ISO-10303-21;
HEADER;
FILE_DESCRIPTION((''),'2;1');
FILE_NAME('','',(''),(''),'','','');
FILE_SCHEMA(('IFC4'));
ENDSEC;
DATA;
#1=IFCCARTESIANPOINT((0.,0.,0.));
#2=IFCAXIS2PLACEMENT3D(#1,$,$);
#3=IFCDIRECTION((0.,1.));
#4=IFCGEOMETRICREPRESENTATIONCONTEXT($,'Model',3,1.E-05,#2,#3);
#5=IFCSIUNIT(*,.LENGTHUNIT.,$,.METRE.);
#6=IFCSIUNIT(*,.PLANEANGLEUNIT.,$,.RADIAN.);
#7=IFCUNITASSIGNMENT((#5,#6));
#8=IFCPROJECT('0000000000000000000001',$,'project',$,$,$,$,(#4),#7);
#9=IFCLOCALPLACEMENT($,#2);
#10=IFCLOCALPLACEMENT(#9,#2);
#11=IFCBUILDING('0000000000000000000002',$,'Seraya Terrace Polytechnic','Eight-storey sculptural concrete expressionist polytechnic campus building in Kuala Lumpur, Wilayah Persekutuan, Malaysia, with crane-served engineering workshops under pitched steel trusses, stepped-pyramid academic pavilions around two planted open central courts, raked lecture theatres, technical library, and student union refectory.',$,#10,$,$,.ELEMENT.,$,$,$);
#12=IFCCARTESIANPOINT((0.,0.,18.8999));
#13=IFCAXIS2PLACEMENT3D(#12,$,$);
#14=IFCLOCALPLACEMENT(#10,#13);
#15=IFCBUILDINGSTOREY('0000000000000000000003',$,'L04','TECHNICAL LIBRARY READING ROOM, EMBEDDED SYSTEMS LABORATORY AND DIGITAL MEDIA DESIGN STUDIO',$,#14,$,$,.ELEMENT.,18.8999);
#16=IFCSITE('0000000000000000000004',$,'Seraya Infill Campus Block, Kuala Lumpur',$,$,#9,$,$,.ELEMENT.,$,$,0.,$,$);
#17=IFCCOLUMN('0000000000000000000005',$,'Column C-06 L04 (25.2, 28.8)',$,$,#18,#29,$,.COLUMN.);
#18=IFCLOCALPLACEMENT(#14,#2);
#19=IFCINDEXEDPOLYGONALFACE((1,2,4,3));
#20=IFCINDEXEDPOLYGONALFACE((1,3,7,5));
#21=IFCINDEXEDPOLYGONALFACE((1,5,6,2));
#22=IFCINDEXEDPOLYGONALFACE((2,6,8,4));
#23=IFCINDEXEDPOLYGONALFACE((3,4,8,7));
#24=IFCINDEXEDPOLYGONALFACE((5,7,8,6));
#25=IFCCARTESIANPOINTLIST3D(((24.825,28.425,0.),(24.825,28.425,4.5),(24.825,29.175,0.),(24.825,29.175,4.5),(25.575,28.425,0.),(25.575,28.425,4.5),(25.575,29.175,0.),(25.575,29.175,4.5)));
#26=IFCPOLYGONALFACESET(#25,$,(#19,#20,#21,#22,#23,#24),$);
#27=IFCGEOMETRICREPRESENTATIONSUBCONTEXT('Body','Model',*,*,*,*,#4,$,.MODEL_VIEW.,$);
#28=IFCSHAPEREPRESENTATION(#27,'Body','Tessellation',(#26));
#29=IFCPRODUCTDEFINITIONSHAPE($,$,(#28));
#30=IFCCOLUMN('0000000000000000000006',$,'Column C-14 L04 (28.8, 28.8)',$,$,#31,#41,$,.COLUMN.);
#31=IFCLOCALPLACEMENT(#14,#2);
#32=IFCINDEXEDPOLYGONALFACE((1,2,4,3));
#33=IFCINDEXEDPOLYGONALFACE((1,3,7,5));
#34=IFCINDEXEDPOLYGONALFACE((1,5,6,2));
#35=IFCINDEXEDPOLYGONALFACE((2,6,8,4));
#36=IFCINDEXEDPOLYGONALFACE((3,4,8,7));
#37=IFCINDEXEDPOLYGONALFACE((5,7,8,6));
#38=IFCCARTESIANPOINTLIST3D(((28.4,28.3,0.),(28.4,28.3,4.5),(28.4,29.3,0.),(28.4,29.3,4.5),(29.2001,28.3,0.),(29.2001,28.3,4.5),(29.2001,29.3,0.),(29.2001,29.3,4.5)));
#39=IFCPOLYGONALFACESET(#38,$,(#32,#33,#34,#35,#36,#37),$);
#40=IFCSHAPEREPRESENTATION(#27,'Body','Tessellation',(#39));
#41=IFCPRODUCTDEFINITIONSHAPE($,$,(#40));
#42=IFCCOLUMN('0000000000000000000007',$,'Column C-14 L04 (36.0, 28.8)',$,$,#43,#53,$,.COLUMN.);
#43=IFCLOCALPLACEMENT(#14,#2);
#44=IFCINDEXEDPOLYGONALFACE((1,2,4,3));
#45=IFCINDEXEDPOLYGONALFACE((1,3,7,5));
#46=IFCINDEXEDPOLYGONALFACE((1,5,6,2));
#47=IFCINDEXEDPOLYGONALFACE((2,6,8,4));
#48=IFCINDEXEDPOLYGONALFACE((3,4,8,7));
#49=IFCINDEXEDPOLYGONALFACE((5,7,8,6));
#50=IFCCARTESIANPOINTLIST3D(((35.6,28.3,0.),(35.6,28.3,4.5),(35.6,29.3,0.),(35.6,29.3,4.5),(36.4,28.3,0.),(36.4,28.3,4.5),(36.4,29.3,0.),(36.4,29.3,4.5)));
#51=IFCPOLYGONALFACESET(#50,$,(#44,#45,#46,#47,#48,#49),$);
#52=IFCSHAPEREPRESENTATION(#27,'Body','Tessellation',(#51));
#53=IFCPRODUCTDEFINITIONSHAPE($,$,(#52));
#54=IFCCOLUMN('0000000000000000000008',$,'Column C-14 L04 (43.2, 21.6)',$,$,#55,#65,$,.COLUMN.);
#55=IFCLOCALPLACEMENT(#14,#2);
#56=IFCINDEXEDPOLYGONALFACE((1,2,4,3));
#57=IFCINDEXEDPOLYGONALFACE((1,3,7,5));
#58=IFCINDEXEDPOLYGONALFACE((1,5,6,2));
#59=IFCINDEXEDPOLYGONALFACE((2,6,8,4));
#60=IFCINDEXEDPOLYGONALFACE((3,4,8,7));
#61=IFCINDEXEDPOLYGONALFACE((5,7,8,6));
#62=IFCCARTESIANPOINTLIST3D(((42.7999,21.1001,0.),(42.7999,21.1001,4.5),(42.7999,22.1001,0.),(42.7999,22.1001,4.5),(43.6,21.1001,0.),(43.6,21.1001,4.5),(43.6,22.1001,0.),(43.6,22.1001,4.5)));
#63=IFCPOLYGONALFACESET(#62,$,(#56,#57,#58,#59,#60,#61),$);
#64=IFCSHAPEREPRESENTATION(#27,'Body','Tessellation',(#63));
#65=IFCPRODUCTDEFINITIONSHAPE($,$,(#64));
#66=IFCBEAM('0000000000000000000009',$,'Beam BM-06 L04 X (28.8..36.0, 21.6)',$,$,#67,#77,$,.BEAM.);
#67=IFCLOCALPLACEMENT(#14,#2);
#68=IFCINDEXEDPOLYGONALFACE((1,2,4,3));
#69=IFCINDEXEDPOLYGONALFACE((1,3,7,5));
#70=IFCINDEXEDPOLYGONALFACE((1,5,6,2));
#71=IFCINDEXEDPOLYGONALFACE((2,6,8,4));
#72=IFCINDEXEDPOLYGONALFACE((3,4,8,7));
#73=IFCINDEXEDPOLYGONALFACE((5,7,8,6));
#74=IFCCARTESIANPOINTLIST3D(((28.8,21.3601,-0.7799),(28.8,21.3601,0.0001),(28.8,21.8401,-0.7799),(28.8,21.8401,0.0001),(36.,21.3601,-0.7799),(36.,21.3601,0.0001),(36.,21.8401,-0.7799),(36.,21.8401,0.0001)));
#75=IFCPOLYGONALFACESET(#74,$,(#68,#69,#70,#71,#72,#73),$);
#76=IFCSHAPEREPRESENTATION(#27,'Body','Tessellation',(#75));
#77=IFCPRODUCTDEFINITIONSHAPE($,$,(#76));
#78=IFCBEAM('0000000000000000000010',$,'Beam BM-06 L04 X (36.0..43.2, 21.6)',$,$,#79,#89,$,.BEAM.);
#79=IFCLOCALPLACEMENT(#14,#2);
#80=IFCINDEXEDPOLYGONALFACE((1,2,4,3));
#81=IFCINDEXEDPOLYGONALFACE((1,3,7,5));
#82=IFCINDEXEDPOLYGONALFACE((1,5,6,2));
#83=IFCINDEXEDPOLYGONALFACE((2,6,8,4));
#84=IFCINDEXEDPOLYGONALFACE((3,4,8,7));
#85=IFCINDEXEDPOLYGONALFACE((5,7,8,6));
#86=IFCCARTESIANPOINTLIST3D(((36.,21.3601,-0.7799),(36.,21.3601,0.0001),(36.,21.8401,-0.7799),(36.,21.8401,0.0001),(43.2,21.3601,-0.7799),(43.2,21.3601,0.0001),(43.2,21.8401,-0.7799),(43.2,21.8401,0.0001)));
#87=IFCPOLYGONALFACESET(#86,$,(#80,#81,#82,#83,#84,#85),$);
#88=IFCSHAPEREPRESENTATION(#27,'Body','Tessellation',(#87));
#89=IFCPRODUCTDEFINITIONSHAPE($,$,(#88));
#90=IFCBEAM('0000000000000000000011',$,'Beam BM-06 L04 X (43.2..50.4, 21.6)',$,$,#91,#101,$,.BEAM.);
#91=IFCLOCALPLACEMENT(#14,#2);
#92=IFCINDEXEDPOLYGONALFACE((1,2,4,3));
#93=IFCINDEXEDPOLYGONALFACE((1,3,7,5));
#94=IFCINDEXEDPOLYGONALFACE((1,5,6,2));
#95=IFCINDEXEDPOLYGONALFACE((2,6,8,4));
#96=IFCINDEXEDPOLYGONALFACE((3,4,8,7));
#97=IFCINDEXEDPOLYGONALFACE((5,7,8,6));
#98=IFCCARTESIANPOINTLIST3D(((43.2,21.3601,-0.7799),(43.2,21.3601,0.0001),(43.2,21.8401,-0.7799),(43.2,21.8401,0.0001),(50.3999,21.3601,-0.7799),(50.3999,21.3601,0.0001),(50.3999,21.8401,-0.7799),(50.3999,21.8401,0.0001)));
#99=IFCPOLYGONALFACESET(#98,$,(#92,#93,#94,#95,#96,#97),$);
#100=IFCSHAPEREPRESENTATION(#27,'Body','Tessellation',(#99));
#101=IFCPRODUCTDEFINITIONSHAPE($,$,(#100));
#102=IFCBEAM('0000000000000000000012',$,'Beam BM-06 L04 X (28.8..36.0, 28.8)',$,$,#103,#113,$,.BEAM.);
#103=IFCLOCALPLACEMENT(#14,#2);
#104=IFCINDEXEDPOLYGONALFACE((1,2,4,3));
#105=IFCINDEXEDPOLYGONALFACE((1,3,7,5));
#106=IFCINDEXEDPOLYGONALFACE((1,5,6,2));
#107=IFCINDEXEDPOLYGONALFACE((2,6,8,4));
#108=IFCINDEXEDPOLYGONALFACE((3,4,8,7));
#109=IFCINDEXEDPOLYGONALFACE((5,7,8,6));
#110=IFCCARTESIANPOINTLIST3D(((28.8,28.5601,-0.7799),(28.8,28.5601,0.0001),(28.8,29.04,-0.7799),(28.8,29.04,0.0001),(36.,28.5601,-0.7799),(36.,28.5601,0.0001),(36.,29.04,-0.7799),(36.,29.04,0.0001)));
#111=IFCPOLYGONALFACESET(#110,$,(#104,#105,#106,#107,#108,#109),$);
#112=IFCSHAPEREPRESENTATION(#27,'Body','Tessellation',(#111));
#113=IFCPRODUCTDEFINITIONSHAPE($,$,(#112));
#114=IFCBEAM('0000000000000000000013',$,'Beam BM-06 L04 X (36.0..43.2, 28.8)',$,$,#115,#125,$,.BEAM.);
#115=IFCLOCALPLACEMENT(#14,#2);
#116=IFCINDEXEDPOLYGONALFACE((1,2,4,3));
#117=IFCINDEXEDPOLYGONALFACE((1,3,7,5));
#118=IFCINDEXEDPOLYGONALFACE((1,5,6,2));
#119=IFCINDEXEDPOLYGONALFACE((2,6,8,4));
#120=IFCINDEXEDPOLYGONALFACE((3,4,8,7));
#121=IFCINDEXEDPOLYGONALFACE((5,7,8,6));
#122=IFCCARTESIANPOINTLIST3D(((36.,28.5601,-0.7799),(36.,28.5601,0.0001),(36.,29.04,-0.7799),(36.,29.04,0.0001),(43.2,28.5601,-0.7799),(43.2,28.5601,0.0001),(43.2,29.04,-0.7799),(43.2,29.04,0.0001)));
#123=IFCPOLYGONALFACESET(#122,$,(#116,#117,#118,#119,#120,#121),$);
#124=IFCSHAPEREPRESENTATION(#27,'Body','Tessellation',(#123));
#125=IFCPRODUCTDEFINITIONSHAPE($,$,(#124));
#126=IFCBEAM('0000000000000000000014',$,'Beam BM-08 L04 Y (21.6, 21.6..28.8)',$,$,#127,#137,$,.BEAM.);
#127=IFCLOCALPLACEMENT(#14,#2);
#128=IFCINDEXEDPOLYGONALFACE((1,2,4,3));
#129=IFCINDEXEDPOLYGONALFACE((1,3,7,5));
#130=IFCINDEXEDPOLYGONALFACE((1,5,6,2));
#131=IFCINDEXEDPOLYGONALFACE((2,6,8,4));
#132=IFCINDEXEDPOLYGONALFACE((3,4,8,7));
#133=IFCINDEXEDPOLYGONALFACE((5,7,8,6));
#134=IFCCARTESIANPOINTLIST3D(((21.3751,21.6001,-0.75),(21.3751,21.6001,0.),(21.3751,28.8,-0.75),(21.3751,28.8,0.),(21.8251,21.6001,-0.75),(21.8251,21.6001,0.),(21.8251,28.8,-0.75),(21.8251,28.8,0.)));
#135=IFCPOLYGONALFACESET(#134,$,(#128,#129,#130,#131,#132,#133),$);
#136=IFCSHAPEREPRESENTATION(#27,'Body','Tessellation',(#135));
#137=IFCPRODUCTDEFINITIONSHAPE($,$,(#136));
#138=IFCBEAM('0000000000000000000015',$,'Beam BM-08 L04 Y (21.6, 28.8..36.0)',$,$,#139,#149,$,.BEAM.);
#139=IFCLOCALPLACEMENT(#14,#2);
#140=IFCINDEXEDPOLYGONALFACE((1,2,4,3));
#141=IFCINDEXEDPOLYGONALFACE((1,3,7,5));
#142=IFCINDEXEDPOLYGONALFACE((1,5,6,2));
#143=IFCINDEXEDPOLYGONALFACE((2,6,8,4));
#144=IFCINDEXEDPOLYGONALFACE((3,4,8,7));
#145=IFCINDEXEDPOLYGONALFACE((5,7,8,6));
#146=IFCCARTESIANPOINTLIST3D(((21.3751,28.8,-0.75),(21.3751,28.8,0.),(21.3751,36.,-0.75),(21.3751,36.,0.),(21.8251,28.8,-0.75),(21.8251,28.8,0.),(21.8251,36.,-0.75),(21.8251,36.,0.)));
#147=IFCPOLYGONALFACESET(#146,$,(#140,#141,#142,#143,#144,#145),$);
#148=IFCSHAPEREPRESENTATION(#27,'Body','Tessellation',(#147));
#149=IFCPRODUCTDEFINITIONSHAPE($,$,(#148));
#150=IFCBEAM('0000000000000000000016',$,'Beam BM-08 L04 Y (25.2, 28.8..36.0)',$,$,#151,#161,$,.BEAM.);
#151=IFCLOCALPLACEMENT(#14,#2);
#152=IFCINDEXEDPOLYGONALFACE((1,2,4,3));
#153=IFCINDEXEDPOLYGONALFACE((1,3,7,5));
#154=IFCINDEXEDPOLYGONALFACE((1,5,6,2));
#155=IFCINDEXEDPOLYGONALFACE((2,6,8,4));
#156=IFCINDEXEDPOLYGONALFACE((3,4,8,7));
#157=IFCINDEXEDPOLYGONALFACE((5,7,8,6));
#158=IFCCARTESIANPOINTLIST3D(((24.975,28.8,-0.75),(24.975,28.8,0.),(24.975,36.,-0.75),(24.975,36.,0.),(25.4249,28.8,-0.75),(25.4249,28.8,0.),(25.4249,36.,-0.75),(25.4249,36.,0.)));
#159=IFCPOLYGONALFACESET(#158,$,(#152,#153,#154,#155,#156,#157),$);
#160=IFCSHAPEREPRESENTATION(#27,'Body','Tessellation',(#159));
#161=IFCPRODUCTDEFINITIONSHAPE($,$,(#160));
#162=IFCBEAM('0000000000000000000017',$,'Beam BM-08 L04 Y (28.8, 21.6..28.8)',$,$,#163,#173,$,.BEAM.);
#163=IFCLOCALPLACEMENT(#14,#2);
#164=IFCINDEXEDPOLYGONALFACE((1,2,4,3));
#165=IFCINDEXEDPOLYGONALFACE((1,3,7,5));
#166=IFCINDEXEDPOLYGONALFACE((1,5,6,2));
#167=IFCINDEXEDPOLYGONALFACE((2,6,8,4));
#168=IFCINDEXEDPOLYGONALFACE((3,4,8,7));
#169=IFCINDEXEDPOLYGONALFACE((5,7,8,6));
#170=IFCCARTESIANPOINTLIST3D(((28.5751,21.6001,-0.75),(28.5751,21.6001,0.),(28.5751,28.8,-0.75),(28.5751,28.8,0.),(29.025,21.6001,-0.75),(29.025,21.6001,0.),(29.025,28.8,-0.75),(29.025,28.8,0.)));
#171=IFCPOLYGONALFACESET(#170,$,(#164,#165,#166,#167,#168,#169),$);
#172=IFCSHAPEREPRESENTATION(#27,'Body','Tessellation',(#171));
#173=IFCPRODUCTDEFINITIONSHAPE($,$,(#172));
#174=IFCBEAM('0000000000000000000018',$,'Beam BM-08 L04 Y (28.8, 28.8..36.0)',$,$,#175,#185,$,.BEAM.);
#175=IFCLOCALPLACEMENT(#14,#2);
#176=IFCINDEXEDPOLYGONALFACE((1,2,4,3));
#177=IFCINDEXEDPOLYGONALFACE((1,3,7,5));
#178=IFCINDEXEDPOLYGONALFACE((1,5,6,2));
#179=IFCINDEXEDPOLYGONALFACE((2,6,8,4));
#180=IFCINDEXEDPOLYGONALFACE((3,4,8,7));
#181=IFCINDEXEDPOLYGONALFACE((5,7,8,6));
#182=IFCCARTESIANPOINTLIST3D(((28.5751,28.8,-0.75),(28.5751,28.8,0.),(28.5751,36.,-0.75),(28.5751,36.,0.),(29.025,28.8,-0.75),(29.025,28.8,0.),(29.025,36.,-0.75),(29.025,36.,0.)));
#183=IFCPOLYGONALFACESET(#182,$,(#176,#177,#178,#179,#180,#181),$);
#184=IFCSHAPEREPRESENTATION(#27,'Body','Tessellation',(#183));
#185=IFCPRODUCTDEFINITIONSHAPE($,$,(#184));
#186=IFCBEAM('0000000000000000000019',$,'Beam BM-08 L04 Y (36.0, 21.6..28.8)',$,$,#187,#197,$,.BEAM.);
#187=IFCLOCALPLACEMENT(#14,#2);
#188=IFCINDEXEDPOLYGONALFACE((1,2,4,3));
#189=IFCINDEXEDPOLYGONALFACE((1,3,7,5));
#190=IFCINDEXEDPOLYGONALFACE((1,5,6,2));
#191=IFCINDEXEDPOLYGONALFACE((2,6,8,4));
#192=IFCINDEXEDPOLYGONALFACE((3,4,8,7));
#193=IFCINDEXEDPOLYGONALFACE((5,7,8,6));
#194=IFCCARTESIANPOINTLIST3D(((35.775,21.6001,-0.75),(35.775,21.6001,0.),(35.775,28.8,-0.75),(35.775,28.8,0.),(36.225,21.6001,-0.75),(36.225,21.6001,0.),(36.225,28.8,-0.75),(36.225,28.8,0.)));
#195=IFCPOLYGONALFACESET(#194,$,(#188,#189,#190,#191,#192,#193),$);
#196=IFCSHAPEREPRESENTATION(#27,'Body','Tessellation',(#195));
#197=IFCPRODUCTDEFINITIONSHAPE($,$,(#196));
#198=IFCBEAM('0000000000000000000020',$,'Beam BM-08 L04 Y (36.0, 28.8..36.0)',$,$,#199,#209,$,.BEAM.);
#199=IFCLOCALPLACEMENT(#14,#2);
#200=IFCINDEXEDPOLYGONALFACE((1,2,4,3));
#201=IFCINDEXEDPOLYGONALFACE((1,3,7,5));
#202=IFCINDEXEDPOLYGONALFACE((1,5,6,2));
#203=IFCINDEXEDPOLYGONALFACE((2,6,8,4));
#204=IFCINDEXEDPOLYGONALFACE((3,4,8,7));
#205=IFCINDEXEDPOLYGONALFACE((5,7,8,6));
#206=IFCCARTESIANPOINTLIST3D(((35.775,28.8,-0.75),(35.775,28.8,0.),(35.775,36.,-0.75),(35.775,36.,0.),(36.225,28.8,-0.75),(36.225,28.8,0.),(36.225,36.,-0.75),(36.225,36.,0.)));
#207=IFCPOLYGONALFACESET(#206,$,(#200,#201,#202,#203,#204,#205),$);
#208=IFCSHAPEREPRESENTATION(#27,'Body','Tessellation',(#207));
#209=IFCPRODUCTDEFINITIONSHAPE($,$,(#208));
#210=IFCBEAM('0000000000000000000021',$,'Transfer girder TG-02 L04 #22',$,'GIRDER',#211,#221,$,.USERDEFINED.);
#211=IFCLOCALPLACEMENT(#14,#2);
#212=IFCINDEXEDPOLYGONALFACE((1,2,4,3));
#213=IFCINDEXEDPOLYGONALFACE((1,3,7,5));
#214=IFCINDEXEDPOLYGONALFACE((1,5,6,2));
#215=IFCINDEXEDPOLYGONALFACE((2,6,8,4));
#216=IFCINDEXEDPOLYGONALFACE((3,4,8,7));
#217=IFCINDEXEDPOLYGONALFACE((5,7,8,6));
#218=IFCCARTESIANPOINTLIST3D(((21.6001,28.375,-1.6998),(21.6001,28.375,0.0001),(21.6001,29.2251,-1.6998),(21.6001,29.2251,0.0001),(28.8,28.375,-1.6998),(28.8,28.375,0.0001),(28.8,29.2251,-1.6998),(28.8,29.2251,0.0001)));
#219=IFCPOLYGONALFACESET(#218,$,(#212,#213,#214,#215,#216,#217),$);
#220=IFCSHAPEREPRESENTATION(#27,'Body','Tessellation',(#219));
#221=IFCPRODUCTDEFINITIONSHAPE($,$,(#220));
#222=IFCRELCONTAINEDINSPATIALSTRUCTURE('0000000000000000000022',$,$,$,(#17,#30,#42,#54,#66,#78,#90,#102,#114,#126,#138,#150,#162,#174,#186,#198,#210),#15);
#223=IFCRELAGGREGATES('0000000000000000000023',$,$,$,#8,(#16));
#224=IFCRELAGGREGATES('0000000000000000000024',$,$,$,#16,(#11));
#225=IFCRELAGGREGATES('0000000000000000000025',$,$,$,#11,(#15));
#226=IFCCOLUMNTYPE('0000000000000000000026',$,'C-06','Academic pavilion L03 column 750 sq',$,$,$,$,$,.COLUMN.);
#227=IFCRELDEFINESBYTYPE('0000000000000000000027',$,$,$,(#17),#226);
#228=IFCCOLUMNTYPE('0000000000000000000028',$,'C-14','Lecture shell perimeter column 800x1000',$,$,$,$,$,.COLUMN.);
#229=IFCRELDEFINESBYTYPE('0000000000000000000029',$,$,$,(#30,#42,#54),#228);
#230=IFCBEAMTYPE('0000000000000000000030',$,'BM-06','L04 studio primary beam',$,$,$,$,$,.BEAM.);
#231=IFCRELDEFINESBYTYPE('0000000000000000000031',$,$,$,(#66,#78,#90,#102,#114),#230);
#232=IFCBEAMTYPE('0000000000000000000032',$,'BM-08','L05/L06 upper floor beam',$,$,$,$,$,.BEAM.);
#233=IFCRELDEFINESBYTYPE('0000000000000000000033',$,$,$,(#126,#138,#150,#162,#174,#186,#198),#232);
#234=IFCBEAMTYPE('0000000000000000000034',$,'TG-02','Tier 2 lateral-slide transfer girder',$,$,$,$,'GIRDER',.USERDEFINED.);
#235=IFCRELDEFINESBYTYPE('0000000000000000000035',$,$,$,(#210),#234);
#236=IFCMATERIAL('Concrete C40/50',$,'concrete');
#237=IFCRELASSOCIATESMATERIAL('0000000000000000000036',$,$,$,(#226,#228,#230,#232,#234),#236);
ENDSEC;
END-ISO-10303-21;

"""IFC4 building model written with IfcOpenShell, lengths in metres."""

from ifc_helpers import new_model, si_unit, direction, frame, origin, origin_2d, place, context, subcontext, project, spatial, rectangle, extrude, material, material_profile, profile_set, type_object, element, save


model = new_model("IFC4")

# Units and contexts
model_context = context("Model", 3, precision=1e-05, world=origin(), true_north=direction((0.0, 1.0)))
body_context = subcontext(model_context, "Body", "Model", "MODEL_VIEW")
ifc_project = project(units=[si_unit("LENGTHUNIT", "METRE"), si_unit("PLANEANGLEUNIT", "RADIAN")], contexts=[model_context])

# Site, building, storey
site_placement = place(None, origin())
site = spatial("IfcSite", under=ifc_project, at=site_placement, Name="Seraya Infill Campus Block, Kuala Lumpur", CompositionType="ELEMENT", RefElevation=0.0)
building_placement = place(site_placement, origin())
building = spatial("IfcBuilding", under=site, at=building_placement, Name="Seraya Terrace Polytechnic", Description="Eight-storey sculptural concrete expressionist polytechnic campus building in Kuala Lumpur, Wilayah Persekutuan, Malaysia, with crane-served engineering workshops under pitched steel trusses, stepped-pyramid academic pavilions around two planted open central courts, raked lecture theatres, technical library, and student union refectory.", CompositionType="ELEMENT")
storey_placement = place(building_placement, frame((0.0, 0.0, 18.8999)))
storey = spatial("IfcBuildingStorey", under=building, at=storey_placement, Name="L04", Description="TECHNICAL LIBRARY READING ROOM, EMBEDDED SYSTEMS LABORATORY AND DIGITAL MEDIA DESIGN STUDIO", CompositionType="ELEMENT", Elevation=18.8999)

# Columns
ifc_material_1 = material(Name="Concrete C40/50", Category="concrete")
ifc_material_profile_1 = material_profile(ifc_material_1, rectangle(XDim=0.75, YDim=0.75, at=origin_2d()), Name="RC 750x750")
ifc_profile_set_1 = profile_set([ifc_material_profile_1], Name="Concrete C40/50")
column_type_1 = type_object("IfcColumnType", Name="C-06", Description="Academic pavilion L03 column 750 sq", PredefinedType="COLUMN", material=ifc_profile_set_1)
column_placement = place(storey_placement, frame((25.2, 28.8, 0.0), z_axis=(0.0, 0.0, 1.0), x_axis=(1.0, 0.0, 0.0)))
element("IfcColumn", 1, at=column_placement, inside=storey, type_object=column_type_1, Name="Column C-06 L04 (25.2, 28.8)", PredefinedType="COLUMN", context=body_context, shape_type="SweptSolid", body=[
    extrude(rectangle(XDim=0.75, YDim=0.75, at=origin_2d()), origin(), (0.0, 0.0, 1.0), 4.5),
])
ifc_material_profile_2 = material_profile(ifc_material_1, rectangle(XDim=0.8, YDim=1.0, at=origin_2d()), Name="RC 800x1000")
ifc_profile_set_2 = profile_set([ifc_material_profile_2], Name="Concrete C40/50")
column_type_2 = type_object("IfcColumnType", Name="C-14", Description="Lecture shell perimeter column 800x1000", PredefinedType="COLUMN", material=ifc_profile_set_2)
for number, where, z_axis, x_axis, name in (
    (2, (28.8, 28.8, 0.0), (0.0, 0.0, 1.0), (1.0, 0.0, 0.0), "Column C-14 L04 (28.8, 28.8)"),
    (3, (36.0, 28.8, 0.0), (0.0, 0.0, 1.0), (1.0, 0.0, 0.0), "Column C-14 L04 (36.0, 28.8)"),
    (4, (43.2, 21.6001, 0.0), (0.0, 0.0, 1.0), (1.0, 0.0, 0.0), "Column C-14 L04 (43.2, 21.6)"),
):
    element("IfcColumn", number, at=place(storey_placement, frame(where, z_axis=z_axis, x_axis=x_axis)), inside=storey, type_object=column_type_2, Name=name, PredefinedType="COLUMN", context=body_context, shape_type="SweptSolid", body=[
        extrude(rectangle(XDim=0.8, YDim=1.0, at=origin_2d()), origin(), (0.0, 0.0, 1.0), 4.5),
    ])

# Beams
ifc_material_profile_3 = material_profile(ifc_material_1, rectangle(XDim=0.48, YDim=0.78, at=origin_2d()), Name="RC 480x780")
ifc_profile_set_3 = profile_set([ifc_material_profile_3], Name="Concrete C40/50")
beam_type_1 = type_object("IfcBeamType", Name="BM-06", Description="L04 studio primary beam", PredefinedType="BEAM", material=ifc_profile_set_3)
for number, where, z_axis, x_axis, name in (
    (5, (28.8, 21.6001, -0.3899), (1.0, 0.0, 0.0), (0.0, 1.0, 0.0), "Beam BM-06 L04 X (28.8..36.0, 21.6)"),
    (6, (36.0, 21.6001, -0.3899), (1.0, 0.0, 0.0), (0.0, 1.0, 0.0), "Beam BM-06 L04 X (36.0..43.2, 21.6)"),
    (7, (43.2, 21.6001, -0.3899), (1.0, 0.0, 0.0), (0.0, 1.0, 0.0), "Beam BM-06 L04 X (43.2..50.4, 21.6)"),
    (8, (28.8, 28.8, -0.3899), (1.0, 0.0, 0.0), (0.0, 1.0, 0.0), "Beam BM-06 L04 X (28.8..36.0, 28.8)"),
    (9, (36.0, 28.8, -0.3899), (1.0, 0.0, 0.0), (0.0, 1.0, 0.0), "Beam BM-06 L04 X (36.0..43.2, 28.8)"),
):
    element("IfcBeam", number, at=place(storey_placement, frame(where, z_axis=z_axis, x_axis=x_axis)), inside=storey, type_object=beam_type_1, Name=name, PredefinedType="BEAM", context=body_context, shape_type="SweptSolid", body=[
        extrude(rectangle(XDim=0.48, YDim=0.78, at=origin_2d()), origin(), (0.0, 0.0, 1.0), 7.2),
    ])
ifc_material_profile_4 = material_profile(ifc_material_1, rectangle(XDim=0.45, YDim=0.75, at=origin_2d()), Name="RC 450x750")
ifc_profile_set_4 = profile_set([ifc_material_profile_4], Name="Concrete C40/50")
beam_type_2 = type_object("IfcBeamType", Name="BM-08", Description="L05/L06 upper floor beam", PredefinedType="BEAM", material=ifc_profile_set_4)
for number, where, z_axis, x_axis, name in (
    (10, (21.6001, 21.6001, -0.375), (0.0, 1.0, 0.0), (-1.0, 0.0, 0.0), "Beam BM-08 L04 Y (21.6, 21.6..28.8)"),
    (11, (21.6001, 28.8, -0.375), (0.0, 1.0, 0.0), (-1.0, 0.0, 0.0), "Beam BM-08 L04 Y (21.6, 28.8..36.0)"),
    (12, (25.2, 28.8, -0.375), (0.0, 1.0, 0.0), (-1.0, 0.0, 0.0), "Beam BM-08 L04 Y (25.2, 28.8..36.0)"),
    (13, (28.8, 21.6001, -0.375), (0.0, 1.0, 0.0), (-1.0, 0.0, 0.0), "Beam BM-08 L04 Y (28.8, 21.6..28.8)"),
    (14, (28.8, 28.8, -0.375), (0.0, 1.0, 0.0), (-1.0, 0.0, 0.0), "Beam BM-08 L04 Y (28.8, 28.8..36.0)"),
    (15, (36.0, 21.6001, -0.375), (0.0, 1.0, 0.0), (-1.0, 0.0, 0.0), "Beam BM-08 L04 Y (36.0, 21.6..28.8)"),
    (16, (36.0, 28.8, -0.375), (0.0, 1.0, 0.0), (-1.0, 0.0, 0.0), "Beam BM-08 L04 Y (36.0, 28.8..36.0)"),
):
    element("IfcBeam", number, at=place(storey_placement, frame(where, z_axis=z_axis, x_axis=x_axis)), inside=storey, type_object=beam_type_2, Name=name, PredefinedType="BEAM", context=body_context, shape_type="SweptSolid", body=[
        extrude(rectangle(XDim=0.45, YDim=0.75, at=origin_2d()), origin(), (0.0, 0.0, 1.0), 7.2),
    ])
ifc_material_profile_5 = material_profile(ifc_material_1, rectangle(XDim=0.8501, YDim=1.7, at=origin_2d()), Name="RC 850x1700")
ifc_profile_set_5 = profile_set([ifc_material_profile_5], Name="Concrete C40/50")
beam_type_3 = type_object("IfcBeamType", Name="TG-02", Description="Tier 2 lateral-slide transfer girder", ElementType="GIRDER", PredefinedType="USERDEFINED", material=ifc_profile_set_5)
beam_placement = place(storey_placement, frame((21.6001, 28.8, -0.8499), z_axis=(1.0, 0.0, 0.0), x_axis=(0.0, 1.0, 0.0)))
element("IfcBeam", 17, at=beam_placement, inside=storey, type_object=beam_type_3, Name="Transfer girder TG-02 L04 #22", ObjectType="GIRDER", PredefinedType="USERDEFINED", context=body_context, shape_type="SweptSolid", body=[
    extrude(rectangle(XDim=0.8501, YDim=1.7, at=origin_2d()), origin(), (0.0, 0.0, 1.0), 7.2),
])

save(model, "model.ifc")
